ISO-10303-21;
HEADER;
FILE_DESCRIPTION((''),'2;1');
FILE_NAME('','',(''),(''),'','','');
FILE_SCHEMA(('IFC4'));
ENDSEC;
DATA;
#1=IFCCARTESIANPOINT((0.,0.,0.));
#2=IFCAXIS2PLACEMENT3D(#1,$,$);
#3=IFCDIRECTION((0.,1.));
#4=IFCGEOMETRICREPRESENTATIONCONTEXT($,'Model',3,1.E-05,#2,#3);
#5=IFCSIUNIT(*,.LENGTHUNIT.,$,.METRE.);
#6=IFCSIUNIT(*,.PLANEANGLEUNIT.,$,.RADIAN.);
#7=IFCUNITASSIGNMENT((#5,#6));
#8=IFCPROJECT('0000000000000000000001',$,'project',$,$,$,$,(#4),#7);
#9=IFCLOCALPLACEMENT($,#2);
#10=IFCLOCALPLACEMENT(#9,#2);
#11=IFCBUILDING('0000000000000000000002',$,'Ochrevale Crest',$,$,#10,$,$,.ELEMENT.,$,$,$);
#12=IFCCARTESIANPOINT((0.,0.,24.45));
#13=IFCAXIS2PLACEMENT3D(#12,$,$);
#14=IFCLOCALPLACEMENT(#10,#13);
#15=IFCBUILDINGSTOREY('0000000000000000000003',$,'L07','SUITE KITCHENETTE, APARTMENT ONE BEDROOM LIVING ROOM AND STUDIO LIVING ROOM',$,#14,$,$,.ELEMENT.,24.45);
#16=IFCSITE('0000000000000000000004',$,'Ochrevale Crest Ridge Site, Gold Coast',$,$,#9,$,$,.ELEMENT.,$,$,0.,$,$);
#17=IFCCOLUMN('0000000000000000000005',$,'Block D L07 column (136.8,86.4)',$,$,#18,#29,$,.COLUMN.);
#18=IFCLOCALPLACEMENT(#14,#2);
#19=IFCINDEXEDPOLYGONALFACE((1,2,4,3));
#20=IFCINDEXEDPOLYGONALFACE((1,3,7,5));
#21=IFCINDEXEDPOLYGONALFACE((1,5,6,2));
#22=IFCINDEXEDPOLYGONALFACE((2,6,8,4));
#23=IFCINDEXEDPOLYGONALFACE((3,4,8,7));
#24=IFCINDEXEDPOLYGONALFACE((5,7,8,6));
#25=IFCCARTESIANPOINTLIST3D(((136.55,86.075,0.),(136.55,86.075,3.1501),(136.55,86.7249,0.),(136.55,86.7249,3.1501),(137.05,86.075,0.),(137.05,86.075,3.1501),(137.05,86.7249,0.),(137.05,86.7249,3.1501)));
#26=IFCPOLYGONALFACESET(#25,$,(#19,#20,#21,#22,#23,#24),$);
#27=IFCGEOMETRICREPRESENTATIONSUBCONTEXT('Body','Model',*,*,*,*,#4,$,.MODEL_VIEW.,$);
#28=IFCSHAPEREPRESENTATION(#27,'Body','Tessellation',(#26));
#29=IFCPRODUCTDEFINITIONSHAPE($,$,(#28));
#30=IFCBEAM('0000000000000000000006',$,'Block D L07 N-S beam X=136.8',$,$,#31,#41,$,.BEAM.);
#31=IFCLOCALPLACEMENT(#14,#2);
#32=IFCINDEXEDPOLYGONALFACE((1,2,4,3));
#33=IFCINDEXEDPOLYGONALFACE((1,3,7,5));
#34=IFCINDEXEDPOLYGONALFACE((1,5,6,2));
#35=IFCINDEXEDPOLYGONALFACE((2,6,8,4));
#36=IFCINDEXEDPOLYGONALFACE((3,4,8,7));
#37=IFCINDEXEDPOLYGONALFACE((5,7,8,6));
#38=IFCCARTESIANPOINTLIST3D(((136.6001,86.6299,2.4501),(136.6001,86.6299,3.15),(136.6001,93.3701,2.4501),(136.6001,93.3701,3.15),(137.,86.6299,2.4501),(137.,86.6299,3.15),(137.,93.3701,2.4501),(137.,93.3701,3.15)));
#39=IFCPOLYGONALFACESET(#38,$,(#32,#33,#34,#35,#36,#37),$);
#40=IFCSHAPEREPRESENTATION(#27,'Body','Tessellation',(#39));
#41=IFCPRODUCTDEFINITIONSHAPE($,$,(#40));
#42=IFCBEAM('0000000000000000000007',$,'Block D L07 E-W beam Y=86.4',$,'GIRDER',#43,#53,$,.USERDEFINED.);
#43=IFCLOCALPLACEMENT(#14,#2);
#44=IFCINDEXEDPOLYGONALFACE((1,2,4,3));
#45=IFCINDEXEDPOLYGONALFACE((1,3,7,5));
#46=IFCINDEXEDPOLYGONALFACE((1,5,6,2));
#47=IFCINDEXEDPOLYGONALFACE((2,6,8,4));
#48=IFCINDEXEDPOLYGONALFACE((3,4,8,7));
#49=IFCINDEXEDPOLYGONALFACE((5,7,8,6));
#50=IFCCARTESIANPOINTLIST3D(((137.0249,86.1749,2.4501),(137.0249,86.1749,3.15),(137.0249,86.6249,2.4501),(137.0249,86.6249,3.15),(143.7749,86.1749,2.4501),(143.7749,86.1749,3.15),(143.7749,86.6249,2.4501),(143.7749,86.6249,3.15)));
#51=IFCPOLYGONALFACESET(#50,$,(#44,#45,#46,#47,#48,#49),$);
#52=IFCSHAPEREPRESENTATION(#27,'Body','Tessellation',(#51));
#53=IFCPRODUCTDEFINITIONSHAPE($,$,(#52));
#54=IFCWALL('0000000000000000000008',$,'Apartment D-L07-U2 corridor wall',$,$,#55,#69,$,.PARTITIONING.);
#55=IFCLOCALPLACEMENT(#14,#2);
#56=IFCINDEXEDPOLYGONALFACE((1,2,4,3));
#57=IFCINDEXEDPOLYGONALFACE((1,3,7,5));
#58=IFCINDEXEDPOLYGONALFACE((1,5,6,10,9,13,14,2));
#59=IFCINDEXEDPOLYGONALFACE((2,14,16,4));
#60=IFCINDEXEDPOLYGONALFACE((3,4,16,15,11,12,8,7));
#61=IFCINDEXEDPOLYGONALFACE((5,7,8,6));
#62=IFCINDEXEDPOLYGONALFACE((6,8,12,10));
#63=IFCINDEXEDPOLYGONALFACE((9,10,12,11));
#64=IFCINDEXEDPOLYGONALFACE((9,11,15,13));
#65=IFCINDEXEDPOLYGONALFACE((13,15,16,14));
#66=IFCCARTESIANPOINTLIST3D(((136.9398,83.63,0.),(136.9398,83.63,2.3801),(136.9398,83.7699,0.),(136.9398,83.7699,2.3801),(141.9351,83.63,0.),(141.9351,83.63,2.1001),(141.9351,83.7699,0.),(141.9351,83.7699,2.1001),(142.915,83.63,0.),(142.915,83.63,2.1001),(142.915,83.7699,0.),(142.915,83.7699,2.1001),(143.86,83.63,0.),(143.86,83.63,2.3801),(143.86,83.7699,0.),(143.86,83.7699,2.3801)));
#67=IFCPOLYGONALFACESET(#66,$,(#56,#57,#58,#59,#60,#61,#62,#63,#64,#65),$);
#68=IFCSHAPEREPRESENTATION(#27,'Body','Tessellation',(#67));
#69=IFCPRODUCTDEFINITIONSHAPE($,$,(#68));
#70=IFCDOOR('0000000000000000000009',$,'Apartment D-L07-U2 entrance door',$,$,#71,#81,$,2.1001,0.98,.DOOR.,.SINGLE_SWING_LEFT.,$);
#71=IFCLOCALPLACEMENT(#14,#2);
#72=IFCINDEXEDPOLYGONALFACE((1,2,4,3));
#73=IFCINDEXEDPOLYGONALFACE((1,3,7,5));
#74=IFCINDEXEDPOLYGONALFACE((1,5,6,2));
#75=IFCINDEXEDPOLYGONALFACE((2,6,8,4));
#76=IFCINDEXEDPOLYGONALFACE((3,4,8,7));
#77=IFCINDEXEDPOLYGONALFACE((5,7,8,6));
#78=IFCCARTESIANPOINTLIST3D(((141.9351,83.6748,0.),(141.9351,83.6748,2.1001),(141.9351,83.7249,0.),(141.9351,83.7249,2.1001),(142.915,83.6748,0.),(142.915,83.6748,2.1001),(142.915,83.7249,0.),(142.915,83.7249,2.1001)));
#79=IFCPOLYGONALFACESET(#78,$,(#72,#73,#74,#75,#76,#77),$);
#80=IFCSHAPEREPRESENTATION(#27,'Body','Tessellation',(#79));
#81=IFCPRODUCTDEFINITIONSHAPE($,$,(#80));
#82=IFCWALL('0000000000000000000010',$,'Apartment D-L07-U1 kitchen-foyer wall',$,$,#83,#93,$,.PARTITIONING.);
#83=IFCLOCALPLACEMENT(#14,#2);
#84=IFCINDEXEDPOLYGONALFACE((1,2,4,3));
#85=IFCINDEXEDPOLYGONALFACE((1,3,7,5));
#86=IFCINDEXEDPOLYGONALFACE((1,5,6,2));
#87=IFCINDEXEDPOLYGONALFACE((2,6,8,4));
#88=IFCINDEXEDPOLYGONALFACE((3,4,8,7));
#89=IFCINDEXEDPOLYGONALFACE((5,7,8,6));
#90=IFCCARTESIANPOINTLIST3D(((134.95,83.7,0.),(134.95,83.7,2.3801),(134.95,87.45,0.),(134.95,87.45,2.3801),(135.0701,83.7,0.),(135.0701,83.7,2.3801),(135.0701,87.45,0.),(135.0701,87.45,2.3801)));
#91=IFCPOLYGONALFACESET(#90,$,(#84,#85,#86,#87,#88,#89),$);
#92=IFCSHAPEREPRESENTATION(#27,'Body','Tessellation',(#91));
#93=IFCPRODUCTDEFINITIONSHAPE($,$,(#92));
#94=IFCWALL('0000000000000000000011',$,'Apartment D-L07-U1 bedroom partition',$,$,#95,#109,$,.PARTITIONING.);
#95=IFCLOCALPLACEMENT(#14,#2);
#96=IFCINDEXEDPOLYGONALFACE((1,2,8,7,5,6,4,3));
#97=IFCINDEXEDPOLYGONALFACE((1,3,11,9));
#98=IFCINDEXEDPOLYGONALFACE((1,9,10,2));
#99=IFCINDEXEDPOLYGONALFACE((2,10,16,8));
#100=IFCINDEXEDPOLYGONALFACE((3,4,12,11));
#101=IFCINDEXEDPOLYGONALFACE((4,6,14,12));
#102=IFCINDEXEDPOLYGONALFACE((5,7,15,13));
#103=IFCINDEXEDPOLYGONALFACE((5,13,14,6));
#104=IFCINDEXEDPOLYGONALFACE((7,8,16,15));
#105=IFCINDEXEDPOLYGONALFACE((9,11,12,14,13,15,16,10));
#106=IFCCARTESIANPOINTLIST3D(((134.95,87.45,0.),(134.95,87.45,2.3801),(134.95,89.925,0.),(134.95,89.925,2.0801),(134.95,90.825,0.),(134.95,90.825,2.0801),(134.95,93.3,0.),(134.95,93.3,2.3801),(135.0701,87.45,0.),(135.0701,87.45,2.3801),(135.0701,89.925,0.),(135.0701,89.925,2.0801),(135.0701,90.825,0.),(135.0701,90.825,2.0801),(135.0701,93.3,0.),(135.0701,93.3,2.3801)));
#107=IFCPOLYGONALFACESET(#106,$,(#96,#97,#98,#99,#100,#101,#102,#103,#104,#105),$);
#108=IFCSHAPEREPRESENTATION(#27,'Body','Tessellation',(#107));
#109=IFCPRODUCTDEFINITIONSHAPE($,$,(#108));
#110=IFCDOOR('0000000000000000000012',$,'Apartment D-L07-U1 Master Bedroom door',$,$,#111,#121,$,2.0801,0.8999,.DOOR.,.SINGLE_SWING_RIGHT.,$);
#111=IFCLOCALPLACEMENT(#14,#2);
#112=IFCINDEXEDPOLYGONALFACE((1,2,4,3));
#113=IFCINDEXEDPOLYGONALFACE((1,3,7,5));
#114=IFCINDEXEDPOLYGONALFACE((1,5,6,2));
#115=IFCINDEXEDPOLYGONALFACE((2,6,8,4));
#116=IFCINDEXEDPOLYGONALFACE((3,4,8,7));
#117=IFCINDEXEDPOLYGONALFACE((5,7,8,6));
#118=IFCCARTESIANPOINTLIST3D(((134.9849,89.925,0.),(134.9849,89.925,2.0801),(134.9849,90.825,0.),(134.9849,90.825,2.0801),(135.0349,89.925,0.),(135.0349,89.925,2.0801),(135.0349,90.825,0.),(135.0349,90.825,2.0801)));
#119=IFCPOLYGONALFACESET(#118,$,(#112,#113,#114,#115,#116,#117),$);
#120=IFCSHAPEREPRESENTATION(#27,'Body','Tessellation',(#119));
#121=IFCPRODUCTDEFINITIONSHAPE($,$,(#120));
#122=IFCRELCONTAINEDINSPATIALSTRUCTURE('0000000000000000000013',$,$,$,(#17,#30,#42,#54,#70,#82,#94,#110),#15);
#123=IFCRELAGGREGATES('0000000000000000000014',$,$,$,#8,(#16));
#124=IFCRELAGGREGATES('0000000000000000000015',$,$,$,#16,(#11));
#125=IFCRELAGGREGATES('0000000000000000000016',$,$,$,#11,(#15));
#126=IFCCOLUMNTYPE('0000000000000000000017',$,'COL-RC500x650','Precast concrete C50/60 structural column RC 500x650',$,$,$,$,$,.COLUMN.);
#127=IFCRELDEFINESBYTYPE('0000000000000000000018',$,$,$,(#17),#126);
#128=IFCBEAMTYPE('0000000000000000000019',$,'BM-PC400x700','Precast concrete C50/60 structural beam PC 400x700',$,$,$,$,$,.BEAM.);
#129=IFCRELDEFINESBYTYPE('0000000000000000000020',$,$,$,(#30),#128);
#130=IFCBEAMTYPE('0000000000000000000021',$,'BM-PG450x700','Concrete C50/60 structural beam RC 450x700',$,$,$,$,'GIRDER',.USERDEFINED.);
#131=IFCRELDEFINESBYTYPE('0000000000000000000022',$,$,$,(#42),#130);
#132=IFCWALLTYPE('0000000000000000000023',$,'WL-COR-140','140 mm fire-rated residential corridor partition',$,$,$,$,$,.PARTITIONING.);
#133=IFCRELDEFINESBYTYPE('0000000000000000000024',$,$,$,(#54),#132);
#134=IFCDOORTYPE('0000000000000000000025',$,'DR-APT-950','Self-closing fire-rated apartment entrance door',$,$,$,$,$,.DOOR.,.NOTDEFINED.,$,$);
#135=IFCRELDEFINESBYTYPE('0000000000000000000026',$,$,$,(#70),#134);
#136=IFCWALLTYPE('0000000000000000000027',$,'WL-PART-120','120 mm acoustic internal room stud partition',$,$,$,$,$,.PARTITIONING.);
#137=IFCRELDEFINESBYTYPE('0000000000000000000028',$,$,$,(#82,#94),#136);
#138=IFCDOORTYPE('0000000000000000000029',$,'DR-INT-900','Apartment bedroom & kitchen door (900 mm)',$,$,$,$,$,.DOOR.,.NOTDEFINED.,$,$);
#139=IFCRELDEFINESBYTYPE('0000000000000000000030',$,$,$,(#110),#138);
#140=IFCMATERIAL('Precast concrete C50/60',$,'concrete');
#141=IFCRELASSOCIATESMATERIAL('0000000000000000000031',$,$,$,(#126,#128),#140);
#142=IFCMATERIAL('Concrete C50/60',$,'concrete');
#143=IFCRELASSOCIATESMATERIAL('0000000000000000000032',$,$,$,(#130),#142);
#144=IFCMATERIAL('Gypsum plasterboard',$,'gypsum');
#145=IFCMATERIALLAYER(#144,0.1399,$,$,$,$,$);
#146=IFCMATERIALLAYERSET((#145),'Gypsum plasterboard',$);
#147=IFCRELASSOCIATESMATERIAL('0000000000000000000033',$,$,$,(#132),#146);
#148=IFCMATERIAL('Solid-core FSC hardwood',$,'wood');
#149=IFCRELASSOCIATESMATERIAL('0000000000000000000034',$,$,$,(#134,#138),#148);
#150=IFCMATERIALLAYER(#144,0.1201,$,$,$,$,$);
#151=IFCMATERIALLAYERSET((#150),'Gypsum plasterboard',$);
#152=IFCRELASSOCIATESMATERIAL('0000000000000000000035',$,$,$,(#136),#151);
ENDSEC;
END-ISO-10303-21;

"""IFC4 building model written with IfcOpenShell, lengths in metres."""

from ifc_helpers import new_model, si_unit, direction, frame, frame_2d, origin, origin_2d, place, context, subcontext, project, spatial, rectangle, extrude, material, layer, layer_set, material_profile, profile_set, type_object, element, fill, save


model = new_model("IFC4")

# Units and contexts
model_context = context("Model", 3, precision=1e-05, world=origin(), true_north=direction((0.0, 1.0)))
body_context = subcontext(model_context, "Body", "Model", "MODEL_VIEW")
ifc_project = project(units=[si_unit("LENGTHUNIT", "METRE"), si_unit("PLANEANGLEUNIT", "RADIAN")], contexts=[model_context])

# Site, building, storey
site_placement = place(None, origin())
site = spatial("IfcSite", under=ifc_project, at=site_placement, Name="Ochrevale Crest Ridge Site, Gold Coast", CompositionType="ELEMENT", RefElevation=0.0)
building_placement = place(site_placement, origin())
building = spatial("IfcBuilding", under=site, at=building_placement, Name="Ochrevale Crest", CompositionType="ELEMENT")
storey_placement = place(building_placement, frame((0.0, 0.0, 24.45)))
storey = spatial("IfcBuildingStorey", under=building, at=storey_placement, Name="L07", Description="SUITE KITCHENETTE, APARTMENT ONE BEDROOM LIVING ROOM AND STUDIO LIVING ROOM", CompositionType="ELEMENT", Elevation=24.45)

# Column
ifc_material_1 = material(Name="Precast concrete C50/60", Category="concrete")
ifc_material_profile_1 = material_profile(ifc_material_1, rectangle(XDim=0.5, YDim=0.6499, at=origin_2d()), Name="RC 500x650")
ifc_profile_set_1 = profile_set([ifc_material_profile_1], Name="Precast concrete C50/60")
column_type = type_object("IfcColumnType", Name="COL-RC500x650", Description="Precast concrete C50/60 structural column RC 500x650", PredefinedType="COLUMN", material=ifc_profile_set_1)
column_placement = place(storey_placement, frame((136.8, 86.3999, 0.0), z_axis=(0.0, 0.0, 1.0), x_axis=(1.0, 0.0, 0.0)))
element("IfcColumn", 1, at=column_placement, inside=storey, type_object=column_type, Name="Block D L07 column (136.8,86.4)", PredefinedType="COLUMN", context=body_context, shape_type="SweptSolid", body=[
    extrude(rectangle(XDim=0.5, YDim=0.6499, at=origin_2d()), origin(), (0.0, 0.0, 1.0), 3.1501),
])

# Beams
ifc_material_profile_2 = material_profile(ifc_material_1, rectangle(XDim=0.3999, YDim=0.7, at=origin_2d()), Name="PC 400x700")
ifc_profile_set_2 = profile_set([ifc_material_profile_2], Name="Precast concrete C50/60")
beam_type_1 = type_object("IfcBeamType", Name="BM-PC400x700", Description="Precast concrete C50/60 structural beam PC 400x700", PredefinedType="BEAM", material=ifc_profile_set_2)
beam_1_placement = place(storey_placement, frame((136.8, 86.6299, 2.8), z_axis=(0.0, 1.0, 0.0), x_axis=(-1.0, 0.0, 0.0)))
element("IfcBeam", 2, at=beam_1_placement, inside=storey, type_object=beam_type_1, Name="Block D L07 N-S beam X=136.8", PredefinedType="BEAM", context=body_context, shape_type="SweptSolid", body=[
    extrude(rectangle(XDim=0.3999, YDim=0.7, at=origin_2d()), origin(), (0.0, 0.0, 1.0), 6.7402),
])
ifc_material_2 = material(Name="Concrete C50/60", Category="concrete")
ifc_material_profile_3 = material_profile(ifc_material_2, rectangle(XDim=0.45, YDim=0.7, at=origin_2d()), Name="RC 450x700")
ifc_profile_set_3 = profile_set([ifc_material_profile_3], Name="Concrete C50/60")
beam_type_2 = type_object("IfcBeamType", Name="BM-PG450x700", Description="Concrete C50/60 structural beam RC 450x700", ElementType="GIRDER", PredefinedType="USERDEFINED", material=ifc_profile_set_3)
beam_2_placement = place(storey_placement, frame((137.0249, 86.3999, 2.8), z_axis=(1.0, 0.0, 0.0), x_axis=(0.0, 1.0, 0.0)))
element("IfcBeam", 3, at=beam_2_placement, inside=storey, type_object=beam_type_2, Name="Block D L07 E-W beam Y=86.4", ObjectType="GIRDER", PredefinedType="USERDEFINED", context=body_context, shape_type="SweptSolid", body=[
    extrude(rectangle(XDim=0.45, YDim=0.7, at=origin_2d()), origin(), (0.0, 0.0, 1.0), 6.75),
])

# Wall, opening, door
ifc_material_3 = material(Name="Gypsum plasterboard", Category="gypsum")
ifc_layer_1 = layer(ifc_material_3, 0.1399)
ifc_layer_set_1 = layer_set([ifc_layer_1], Name="Gypsum plasterboard")
wall_type_1 = type_object("IfcWallType", Name="WL-COR-140", Description="140 mm fire-rated residential corridor partition", PredefinedType="PARTITIONING", material=ifc_layer_set_1)
wall_1_placement = place(storey_placement, frame((136.9399, 83.7, 0.0), z_axis=(0.0, 0.0, 1.0), x_axis=(1.0, 0.0, 0.0)))
wall_1 = element("IfcWall", 4, at=wall_1_placement, inside=storey, type_object=wall_type_1, Name="Apartment D-L07-U2 corridor wall", PredefinedType="PARTITIONING", context=body_context, shape_type="SweptSolid", body=[
    extrude(rectangle(XDim=6.9202, YDim=0.1399, at=frame_2d((3.46, 0.0))), origin(), (0.0, 0.0, 1.0), 2.3801),
])
opening_1_placement = place(wall_1_placement, frame((4.9951, 0.0, 0.0)))
opening_1 = element("IfcOpeningElement", 5, at=opening_1_placement, cuts=wall_1, PredefinedType="OPENING", context=body_context, shape_type="SweptSolid", body=[
    extrude(rectangle(XDim=0.98, YDim=2.1001, at=frame_2d((0.49, 1.05))), frame((0.0, 0.0801, 0.0), z_axis=(0.0, -1.0, 0.0), x_axis=(1.0, 0.0, 0.0)), (0.0, 0.0, 1.0), 0.1599),
])
ifc_material_4 = material(Name="Solid-core FSC hardwood", Category="wood")
door_type_1 = type_object("IfcDoorType", Name="DR-APT-950", Description="Self-closing fire-rated apartment entrance door", OperationType="NOTDEFINED", PredefinedType="DOOR", material=ifc_material_4)
door_1_placement = place(opening_1_placement, origin())
door_1 = element("IfcDoor", 6, at=door_1_placement, inside=storey, type_object=door_type_1, Name="Apartment D-L07-U2 entrance door", OperationType="SINGLE_SWING_LEFT", OverallHeight=2.1001, OverallWidth=0.98, PredefinedType="DOOR", context=body_context, shape_type="SweptSolid", body=[
    extrude(rectangle(XDim=0.98, YDim=2.1001, at=frame_2d((0.49, 1.05))), frame((0.0, 0.0249, 0.0), z_axis=(0.0, -1.0, 0.0), x_axis=(1.0, 0.0, 0.0)), (0.0, 0.0, 1.0), 0.05),
])
fill(opening_1, door_1)

# Wall
ifc_layer_2 = layer(ifc_material_3, 0.1201)
ifc_layer_set_2 = layer_set([ifc_layer_2], Name="Gypsum plasterboard")
wall_type_2 = type_object("IfcWallType", Name="WL-PART-120", Description="120 mm acoustic internal room stud partition", PredefinedType="PARTITIONING", material=ifc_layer_set_2)
wall_2_placement = place(storey_placement, frame((135.01, 83.7, 0.0), z_axis=(0.0, 0.0, 1.0), x_axis=(0.0, 1.0, 0.0)))
element("IfcWall", 7, at=wall_2_placement, inside=storey, type_object=wall_type_2, Name="Apartment D-L07-U1 kitchen-foyer wall", PredefinedType="PARTITIONING", context=body_context, shape_type="SweptSolid", body=[
    extrude(rectangle(XDim=3.75, YDim=0.1201, at=frame_2d((1.875, 0.0))), origin(), (0.0, 0.0, 1.0), 2.3801),
])

# Wall, opening, door
wall_3_placement = place(storey_placement, frame((135.01, 87.45, 0.0), z_axis=(0.0, 0.0, 1.0), x_axis=(0.0, 1.0, 0.0)))
wall_3 = element("IfcWall", 8, at=wall_3_placement, inside=storey, type_object=wall_type_2, Name="Apartment D-L07-U1 bedroom partition", PredefinedType="PARTITIONING", context=body_context, shape_type="SweptSolid", body=[
    extrude(rectangle(XDim=5.8501, YDim=0.1201, at=frame_2d((2.925, 0.0))), origin(), (0.0, 0.0, 1.0), 2.3801),
])
opening_2_placement = place(wall_3_placement, frame((3.375, 0.0, 0.0), z_axis=(0.0, 0.0, 1.0), x_axis=(-1.0, 0.0, 0.0)))
opening_2 = element("IfcOpeningElement", 9, at=opening_2_placement, cuts=wall_3, PredefinedType="OPENING", context=body_context, shape_type="SweptSolid", body=[
    extrude(rectangle(XDim=0.8999, YDim=2.0801, at=frame_2d((0.45, 1.04))), frame((0.0, 0.0701, 0.0), z_axis=(0.0, -1.0, 0.0), x_axis=(1.0, 0.0, 0.0)), (0.0, 0.0, 1.0), 0.1401),
])
door_type_2 = type_object("IfcDoorType", Name="DR-INT-900", Description="Apartment bedroom & kitchen door (900 mm)", OperationType="NOTDEFINED", PredefinedType="DOOR", material=ifc_material_4)
door_2_placement = place(opening_2_placement, origin())
door_2 = element("IfcDoor", 10, at=door_2_placement, inside=storey, type_object=door_type_2, Name="Apartment D-L07-U1 Master Bedroom door", OperationType="SINGLE_SWING_RIGHT", OverallHeight=2.0801, OverallWidth=0.8999, PredefinedType="DOOR", context=body_context, shape_type="SweptSolid", body=[
    extrude(rectangle(XDim=0.8999, YDim=2.0801, at=frame_2d((0.45, 1.04))), frame((0.0, 0.0249, 0.0), z_axis=(0.0, -1.0, 0.0), x_axis=(1.0, 0.0, 0.0)), (0.0, 0.0, 1.0), 0.05),
])
fill(opening_2, door_2)

save(model, "model.ifc")
